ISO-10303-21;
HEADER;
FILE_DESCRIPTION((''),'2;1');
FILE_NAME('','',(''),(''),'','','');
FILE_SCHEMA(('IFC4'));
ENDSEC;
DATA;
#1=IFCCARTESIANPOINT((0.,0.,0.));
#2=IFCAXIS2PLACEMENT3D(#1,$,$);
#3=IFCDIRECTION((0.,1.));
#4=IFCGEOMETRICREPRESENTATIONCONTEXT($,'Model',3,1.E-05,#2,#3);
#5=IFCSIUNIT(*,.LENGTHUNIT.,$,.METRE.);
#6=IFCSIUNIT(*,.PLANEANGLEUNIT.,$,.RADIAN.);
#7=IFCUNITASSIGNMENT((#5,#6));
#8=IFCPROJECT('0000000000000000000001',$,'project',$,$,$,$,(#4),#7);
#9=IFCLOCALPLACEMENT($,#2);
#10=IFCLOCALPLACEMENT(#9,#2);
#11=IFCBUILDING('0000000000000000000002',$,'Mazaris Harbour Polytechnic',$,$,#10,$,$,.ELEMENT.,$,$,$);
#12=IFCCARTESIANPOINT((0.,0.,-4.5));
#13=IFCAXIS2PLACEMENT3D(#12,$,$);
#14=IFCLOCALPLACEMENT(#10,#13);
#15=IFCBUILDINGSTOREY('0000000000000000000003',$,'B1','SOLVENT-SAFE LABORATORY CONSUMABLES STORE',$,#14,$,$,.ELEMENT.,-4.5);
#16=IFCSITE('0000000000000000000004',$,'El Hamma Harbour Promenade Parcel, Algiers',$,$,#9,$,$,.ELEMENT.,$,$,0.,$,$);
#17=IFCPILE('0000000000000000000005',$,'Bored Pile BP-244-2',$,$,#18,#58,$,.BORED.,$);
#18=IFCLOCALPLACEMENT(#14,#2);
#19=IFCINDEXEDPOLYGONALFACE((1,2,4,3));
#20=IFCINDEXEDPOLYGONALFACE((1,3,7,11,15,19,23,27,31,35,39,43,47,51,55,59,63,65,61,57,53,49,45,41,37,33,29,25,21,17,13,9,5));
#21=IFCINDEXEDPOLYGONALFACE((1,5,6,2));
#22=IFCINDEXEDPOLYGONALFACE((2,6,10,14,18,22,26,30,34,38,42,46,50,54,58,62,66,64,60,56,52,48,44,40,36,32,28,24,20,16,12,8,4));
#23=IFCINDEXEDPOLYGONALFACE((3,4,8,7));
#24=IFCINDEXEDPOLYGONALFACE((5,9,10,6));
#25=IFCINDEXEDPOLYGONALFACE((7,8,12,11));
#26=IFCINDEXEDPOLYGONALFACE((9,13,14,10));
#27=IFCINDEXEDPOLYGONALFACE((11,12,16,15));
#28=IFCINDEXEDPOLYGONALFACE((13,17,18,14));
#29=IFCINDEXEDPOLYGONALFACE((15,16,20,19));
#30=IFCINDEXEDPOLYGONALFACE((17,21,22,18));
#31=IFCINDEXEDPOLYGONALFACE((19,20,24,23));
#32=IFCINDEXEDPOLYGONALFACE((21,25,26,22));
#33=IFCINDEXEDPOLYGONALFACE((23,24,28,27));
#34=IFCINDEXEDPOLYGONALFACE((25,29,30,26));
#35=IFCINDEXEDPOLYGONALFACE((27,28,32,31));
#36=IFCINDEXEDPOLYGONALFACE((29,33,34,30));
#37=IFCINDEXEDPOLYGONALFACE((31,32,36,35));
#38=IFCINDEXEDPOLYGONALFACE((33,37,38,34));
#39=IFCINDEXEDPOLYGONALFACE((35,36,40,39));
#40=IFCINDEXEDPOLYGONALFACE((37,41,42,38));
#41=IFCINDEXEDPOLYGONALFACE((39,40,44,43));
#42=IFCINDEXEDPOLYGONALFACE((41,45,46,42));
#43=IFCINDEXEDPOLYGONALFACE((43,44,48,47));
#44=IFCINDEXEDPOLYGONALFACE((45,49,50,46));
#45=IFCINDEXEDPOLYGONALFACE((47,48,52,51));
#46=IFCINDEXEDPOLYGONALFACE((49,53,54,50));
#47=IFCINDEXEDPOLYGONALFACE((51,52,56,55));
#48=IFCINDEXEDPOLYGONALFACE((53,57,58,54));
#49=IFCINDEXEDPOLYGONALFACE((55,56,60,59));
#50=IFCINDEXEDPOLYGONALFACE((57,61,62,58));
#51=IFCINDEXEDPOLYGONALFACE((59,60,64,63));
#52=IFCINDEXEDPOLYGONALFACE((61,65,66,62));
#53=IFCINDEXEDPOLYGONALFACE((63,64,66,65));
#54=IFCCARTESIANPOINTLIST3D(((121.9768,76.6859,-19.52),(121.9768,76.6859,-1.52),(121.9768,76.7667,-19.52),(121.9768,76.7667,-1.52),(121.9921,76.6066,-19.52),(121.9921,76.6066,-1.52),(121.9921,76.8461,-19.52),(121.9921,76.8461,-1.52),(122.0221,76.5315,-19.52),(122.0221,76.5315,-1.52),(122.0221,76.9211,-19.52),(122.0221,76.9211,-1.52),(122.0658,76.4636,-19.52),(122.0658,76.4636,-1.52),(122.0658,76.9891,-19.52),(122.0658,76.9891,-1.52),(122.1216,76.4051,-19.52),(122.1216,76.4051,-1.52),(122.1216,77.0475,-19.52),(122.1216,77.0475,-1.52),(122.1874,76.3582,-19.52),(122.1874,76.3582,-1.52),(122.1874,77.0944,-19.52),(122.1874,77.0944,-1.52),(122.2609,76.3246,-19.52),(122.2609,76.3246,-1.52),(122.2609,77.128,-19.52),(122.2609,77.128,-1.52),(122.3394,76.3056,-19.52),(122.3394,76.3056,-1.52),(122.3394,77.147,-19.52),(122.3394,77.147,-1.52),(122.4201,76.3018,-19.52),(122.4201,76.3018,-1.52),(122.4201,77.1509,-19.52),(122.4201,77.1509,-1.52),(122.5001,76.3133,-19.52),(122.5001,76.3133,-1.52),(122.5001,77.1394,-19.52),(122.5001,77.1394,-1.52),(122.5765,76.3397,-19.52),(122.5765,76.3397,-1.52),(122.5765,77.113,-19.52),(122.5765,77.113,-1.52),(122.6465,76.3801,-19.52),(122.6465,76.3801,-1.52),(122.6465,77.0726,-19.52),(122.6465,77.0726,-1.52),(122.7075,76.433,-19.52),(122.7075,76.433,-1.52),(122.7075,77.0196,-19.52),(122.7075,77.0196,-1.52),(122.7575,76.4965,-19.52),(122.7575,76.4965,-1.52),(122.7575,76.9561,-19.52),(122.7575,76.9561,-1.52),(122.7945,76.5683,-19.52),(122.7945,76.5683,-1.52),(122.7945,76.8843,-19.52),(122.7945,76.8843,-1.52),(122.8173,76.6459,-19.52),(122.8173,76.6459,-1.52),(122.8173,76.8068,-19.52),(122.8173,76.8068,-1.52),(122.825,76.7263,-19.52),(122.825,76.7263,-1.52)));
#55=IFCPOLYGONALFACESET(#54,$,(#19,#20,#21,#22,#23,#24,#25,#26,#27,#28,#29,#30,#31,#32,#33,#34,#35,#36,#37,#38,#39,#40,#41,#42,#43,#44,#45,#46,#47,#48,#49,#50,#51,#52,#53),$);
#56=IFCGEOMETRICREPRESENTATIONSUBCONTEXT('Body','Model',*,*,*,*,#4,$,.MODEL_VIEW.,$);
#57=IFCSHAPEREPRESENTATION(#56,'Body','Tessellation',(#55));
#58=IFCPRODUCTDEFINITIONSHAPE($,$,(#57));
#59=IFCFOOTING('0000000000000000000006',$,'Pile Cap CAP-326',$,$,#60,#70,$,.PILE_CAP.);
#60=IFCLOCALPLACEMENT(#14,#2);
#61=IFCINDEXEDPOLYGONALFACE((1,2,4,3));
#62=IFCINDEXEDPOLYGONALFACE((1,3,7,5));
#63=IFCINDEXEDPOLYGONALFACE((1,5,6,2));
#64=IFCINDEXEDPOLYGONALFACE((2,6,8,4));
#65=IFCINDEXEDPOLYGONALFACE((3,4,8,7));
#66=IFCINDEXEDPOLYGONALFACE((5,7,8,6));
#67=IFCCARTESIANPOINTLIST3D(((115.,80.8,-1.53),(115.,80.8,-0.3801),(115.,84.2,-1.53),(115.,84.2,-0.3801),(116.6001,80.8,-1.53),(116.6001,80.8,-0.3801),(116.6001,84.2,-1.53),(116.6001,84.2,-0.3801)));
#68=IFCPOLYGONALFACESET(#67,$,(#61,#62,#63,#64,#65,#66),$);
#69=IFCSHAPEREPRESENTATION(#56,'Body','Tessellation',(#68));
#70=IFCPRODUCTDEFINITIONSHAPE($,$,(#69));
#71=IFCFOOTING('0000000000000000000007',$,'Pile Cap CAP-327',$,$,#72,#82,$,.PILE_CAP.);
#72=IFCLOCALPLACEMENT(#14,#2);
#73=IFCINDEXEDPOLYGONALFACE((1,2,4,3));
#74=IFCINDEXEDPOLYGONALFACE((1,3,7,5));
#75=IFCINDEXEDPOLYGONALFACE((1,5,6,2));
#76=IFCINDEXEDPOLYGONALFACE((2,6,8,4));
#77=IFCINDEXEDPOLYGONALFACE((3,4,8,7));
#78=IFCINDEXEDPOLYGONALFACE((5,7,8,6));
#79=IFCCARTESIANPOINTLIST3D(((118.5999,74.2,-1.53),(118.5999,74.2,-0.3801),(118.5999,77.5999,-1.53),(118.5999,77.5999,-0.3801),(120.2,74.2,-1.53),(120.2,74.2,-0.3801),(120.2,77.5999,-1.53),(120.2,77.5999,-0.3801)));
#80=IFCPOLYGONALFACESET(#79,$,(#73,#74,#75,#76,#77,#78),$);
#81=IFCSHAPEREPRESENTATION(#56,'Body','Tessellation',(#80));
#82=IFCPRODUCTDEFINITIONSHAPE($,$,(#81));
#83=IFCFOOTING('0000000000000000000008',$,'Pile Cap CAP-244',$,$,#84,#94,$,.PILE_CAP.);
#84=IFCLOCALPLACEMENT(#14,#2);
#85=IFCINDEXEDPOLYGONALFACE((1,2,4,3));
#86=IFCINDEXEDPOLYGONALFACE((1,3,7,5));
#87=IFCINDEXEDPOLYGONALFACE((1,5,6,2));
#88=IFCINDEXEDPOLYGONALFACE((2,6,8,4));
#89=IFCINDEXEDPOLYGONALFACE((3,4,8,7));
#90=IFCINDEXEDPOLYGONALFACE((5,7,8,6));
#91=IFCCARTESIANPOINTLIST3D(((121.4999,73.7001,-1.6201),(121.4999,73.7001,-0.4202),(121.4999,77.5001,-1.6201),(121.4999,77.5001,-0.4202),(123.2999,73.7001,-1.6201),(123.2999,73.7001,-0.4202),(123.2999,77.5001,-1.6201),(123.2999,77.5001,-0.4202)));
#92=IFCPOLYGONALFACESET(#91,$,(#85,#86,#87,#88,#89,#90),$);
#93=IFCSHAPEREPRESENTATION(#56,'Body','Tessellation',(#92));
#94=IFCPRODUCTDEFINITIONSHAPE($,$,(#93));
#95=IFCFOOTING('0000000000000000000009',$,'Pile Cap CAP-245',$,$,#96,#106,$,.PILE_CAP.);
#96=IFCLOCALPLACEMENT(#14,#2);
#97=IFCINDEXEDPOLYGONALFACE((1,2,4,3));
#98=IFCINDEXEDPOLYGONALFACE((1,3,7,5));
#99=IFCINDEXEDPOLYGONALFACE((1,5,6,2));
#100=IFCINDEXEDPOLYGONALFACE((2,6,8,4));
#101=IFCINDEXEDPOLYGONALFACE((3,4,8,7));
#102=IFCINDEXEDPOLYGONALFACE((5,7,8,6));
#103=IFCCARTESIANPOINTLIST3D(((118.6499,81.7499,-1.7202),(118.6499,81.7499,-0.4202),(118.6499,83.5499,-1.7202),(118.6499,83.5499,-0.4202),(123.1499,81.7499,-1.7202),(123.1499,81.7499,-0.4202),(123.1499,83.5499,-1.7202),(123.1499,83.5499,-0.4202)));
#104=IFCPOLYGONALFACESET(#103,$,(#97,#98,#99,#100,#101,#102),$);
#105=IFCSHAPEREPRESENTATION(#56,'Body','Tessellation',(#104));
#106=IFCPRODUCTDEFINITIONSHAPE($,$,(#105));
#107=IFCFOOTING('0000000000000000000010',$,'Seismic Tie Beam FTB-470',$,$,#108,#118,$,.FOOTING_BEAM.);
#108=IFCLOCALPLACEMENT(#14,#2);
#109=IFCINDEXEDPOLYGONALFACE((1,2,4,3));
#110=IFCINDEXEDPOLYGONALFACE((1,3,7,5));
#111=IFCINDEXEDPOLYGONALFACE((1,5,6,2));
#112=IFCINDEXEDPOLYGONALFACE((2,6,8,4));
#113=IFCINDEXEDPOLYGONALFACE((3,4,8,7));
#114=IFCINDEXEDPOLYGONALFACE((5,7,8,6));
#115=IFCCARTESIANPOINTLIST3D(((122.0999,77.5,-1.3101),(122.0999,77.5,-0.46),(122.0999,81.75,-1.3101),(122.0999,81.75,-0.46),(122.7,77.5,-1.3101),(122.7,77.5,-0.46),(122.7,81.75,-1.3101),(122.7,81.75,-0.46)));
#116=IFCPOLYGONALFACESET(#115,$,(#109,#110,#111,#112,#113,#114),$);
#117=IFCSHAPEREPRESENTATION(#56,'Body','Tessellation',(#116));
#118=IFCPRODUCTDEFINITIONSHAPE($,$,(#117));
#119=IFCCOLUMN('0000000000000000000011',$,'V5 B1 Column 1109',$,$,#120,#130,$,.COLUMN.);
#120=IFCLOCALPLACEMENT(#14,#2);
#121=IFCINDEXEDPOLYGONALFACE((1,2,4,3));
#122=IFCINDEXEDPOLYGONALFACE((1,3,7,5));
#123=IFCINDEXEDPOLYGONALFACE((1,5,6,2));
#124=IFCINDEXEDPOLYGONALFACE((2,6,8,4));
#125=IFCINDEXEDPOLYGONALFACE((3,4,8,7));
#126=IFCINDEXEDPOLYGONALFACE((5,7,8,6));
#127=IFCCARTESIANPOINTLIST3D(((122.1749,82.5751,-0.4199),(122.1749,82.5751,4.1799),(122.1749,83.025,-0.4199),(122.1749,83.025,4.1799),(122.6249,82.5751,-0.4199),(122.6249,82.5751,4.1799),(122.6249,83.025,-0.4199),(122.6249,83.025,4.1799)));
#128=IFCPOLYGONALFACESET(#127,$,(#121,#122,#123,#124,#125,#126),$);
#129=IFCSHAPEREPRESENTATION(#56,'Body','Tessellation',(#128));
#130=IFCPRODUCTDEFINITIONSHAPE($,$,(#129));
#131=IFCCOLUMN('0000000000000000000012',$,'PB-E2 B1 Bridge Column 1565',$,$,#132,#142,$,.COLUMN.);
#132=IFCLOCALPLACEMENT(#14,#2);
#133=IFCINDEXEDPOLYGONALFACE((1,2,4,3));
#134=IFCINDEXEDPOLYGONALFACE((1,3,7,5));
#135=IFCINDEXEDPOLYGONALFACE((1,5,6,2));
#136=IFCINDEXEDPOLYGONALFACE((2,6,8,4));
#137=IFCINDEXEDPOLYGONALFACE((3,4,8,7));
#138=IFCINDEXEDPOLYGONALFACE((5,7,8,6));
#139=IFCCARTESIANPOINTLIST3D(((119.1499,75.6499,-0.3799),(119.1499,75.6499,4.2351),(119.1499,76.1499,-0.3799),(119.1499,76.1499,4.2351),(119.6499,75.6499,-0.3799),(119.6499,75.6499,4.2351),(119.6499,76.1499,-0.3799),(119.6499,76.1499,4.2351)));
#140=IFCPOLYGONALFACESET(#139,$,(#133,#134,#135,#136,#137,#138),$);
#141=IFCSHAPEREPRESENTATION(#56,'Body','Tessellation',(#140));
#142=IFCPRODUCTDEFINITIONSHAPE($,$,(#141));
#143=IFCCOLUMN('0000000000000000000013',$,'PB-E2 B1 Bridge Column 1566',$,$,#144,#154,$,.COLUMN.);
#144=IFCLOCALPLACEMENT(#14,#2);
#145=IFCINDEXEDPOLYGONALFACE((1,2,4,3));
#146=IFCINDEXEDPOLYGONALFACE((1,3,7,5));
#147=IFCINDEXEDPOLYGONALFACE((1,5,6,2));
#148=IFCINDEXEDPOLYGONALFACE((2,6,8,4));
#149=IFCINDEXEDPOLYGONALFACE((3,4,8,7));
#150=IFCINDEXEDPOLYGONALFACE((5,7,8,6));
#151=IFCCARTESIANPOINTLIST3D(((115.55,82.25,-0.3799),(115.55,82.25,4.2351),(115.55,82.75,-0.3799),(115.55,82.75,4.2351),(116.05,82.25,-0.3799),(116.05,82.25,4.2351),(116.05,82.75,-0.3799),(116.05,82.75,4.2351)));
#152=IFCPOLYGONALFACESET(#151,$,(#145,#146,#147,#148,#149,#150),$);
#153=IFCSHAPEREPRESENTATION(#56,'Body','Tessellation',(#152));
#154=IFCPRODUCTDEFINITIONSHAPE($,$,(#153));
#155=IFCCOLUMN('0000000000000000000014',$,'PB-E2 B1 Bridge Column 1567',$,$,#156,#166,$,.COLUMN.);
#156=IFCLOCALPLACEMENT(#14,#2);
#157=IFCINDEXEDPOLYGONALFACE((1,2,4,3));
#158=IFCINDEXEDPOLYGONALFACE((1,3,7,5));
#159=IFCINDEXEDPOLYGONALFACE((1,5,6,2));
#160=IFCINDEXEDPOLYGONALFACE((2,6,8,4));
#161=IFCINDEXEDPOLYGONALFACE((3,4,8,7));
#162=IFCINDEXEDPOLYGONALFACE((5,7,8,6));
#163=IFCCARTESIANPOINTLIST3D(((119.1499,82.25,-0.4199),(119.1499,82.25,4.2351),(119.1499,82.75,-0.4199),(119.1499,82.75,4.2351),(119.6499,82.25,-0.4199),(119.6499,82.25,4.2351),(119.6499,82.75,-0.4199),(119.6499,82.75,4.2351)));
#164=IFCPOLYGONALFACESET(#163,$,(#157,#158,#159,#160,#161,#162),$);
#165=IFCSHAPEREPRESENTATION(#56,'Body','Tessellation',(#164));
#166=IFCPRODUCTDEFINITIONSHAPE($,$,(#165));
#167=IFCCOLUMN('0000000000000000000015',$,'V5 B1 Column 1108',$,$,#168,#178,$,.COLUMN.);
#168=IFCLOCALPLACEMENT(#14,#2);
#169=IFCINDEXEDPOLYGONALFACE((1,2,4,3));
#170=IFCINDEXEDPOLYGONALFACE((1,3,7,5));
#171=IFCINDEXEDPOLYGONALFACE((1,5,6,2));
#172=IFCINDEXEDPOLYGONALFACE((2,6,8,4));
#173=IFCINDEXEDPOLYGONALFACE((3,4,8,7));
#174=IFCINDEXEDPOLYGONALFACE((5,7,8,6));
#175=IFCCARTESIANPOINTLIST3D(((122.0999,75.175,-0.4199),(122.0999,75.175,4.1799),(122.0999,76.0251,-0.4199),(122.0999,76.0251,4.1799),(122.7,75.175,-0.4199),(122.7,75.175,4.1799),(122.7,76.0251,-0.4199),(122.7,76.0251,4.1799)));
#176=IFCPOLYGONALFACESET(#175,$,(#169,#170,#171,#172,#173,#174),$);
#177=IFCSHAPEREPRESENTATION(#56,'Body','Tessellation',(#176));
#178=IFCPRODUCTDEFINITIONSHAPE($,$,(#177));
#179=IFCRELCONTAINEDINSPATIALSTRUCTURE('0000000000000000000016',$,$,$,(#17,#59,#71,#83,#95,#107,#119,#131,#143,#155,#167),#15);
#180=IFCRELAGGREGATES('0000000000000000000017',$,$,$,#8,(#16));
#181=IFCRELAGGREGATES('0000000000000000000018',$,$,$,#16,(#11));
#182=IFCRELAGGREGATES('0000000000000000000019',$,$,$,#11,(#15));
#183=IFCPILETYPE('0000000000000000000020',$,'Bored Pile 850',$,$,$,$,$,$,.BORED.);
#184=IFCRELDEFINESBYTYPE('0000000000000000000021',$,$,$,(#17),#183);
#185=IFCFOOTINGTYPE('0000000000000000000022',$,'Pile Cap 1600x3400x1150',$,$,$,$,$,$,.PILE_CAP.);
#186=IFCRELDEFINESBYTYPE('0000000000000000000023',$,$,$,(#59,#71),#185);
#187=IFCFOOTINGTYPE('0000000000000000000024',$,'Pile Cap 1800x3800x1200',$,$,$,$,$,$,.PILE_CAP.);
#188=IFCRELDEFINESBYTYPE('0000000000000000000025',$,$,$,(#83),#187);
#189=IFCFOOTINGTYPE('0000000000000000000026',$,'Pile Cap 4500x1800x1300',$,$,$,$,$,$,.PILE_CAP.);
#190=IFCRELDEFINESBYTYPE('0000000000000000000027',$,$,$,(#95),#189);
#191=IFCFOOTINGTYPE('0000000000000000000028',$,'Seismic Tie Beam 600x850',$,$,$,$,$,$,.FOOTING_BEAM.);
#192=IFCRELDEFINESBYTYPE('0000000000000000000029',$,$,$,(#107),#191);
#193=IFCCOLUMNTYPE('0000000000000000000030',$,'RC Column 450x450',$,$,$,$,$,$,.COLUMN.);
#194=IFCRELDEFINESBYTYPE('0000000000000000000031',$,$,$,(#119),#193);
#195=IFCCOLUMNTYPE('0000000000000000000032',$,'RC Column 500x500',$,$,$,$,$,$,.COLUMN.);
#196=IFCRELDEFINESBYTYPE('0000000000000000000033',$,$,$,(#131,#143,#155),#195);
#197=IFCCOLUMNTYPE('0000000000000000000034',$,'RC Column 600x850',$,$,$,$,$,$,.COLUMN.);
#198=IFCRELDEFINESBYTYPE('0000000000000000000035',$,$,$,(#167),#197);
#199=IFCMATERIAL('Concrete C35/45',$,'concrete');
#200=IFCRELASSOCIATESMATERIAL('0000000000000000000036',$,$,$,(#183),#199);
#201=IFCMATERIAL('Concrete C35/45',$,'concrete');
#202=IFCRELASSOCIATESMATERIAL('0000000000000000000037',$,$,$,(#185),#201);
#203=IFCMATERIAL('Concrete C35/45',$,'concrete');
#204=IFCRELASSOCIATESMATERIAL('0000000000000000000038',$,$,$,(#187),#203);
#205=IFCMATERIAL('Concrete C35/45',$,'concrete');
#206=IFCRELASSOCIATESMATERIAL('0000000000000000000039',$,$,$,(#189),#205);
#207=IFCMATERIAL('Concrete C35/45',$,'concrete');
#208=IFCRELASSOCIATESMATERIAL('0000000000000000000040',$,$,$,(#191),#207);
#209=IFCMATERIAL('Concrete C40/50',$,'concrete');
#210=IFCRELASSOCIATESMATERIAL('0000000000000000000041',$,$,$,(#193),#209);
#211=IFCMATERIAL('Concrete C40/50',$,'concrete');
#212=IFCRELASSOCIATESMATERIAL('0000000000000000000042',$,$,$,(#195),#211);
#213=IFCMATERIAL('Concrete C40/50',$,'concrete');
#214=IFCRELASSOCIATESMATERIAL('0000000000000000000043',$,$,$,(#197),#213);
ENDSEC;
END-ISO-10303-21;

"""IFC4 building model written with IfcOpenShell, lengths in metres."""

from ifc_helpers import new_model, si_unit, direction, frame, origin, origin_2d, place, context, subcontext, project, spatial, rectangle, circle, extrude, material, material_profile, profile_set, type_object, element, save


model = new_model("IFC4")

# Units and contexts
model_context = context("Model", 3, precision=1e-05, world=origin(), true_north=direction((0.0, 1.0)))
body_context = subcontext(model_context, "Body", "Model", "MODEL_VIEW")
ifc_project = project(units=[si_unit("LENGTHUNIT", "METRE"), si_unit("PLANEANGLEUNIT", "RADIAN")], contexts=[model_context])

# Site, building, storey
site_placement = place(None, origin())
site = spatial("IfcSite", under=ifc_project, at=site_placement, Name="El Hamma Harbour Promenade Parcel, Algiers", CompositionType="ELEMENT", RefElevation=0.0)
building_placement = place(site_placement, origin())
building = spatial("IfcBuilding", under=site, at=building_placement, Name="Mazaris Harbour Polytechnic", CompositionType="ELEMENT")
storey_placement = place(building_placement, frame((0.0, 0.0, -4.5)))
storey = spatial("IfcBuildingStorey", under=building, at=storey_placement, Name="B1", Description="SOLVENT-SAFE LABORATORY CONSUMABLES STORE", CompositionType="ELEMENT", Elevation=-4.5)

# Pile
ifc_material_1 = material(Name="Concrete C35/45", Category="concrete")
ifc_material_profile_1 = material_profile(ifc_material_1, circle(Radius=0.425, at=origin_2d()), Name="DIA850")
ifc_profile_set_1 = profile_set([ifc_material_profile_1], Name="Concrete C35/45")
pile_type_1 = type_object("IfcPileType", Name="Bored Pile 850", PredefinedType="BORED", material=ifc_profile_set_1)
for number, where, z_axis, x_axis, name in (
    (1, (122.3999, 76.7263, -1.52), (0.0, 0.0, -1.0), (1.0, 0.0, 0.0), "Bored Pile BP-244-2"),
):
    element("IfcPile", number, at=place(storey_placement, frame(where, z_axis=z_axis, x_axis=x_axis)), inside=storey, type_object=pile_type_1, Name=name, PredefinedType="BORED", context=body_context, shape_type="SweptSolid", body=[
        extrude(circle(Radius=0.425, at=origin_2d()), origin(), (0.0, 0.0, 1.0), 18.0),
    ])

# Footings
ifc_material_2 = material(Name="Concrete C35/45", Category="concrete")
footing_type_1 = type_object("IfcFootingType", Name="Pile Cap 1600x3400x1150", PredefinedType="PILE_CAP", material=ifc_material_2)
for number, where, z_axis, x_axis, name in (
    (2, (115.8, 82.5, -1.53), (0.0, 0.0, 1.0), (1.0, 0.0, 0.0), "Pile Cap CAP-326"),
    (3, (119.3999, 75.8999, -1.53), (0.0, 0.0, 1.0), (1.0, 0.0, 0.0), "Pile Cap CAP-327"),
):
    element("IfcFooting", number, at=place(storey_placement, frame(where, z_axis=z_axis, x_axis=x_axis)), inside=storey, type_object=footing_type_1, Name=name, PredefinedType="PILE_CAP", context=body_context, shape_type="SweptSolid", body=[
        extrude(rectangle(XDim=1.6001, YDim=3.3999, at=origin_2d()), origin(), (0.0, 0.0, 1.0), 1.1499),
    ])
ifc_material_3 = material(Name="Concrete C35/45", Category="concrete")
footing_type_2 = type_object("IfcFootingType", Name="Pile Cap 1800x3800x1200", PredefinedType="PILE_CAP", material=ifc_material_3)
footing_1_placement = place(storey_placement, frame((122.3999, 75.6001, -1.6201), z_axis=(0.0, 0.0, 1.0), x_axis=(1.0, 0.0, 0.0)))
element("IfcFooting", 4, at=footing_1_placement, inside=storey, type_object=footing_type_2, Name="Pile Cap CAP-244", PredefinedType="PILE_CAP", context=body_context, shape_type="SweptSolid", body=[
    extrude(rectangle(XDim=1.8, YDim=3.8, at=origin_2d()), origin(), (0.0, 0.0, 1.0), 1.2),
])
ifc_material_4 = material(Name="Concrete C35/45", Category="concrete")
footing_type_3 = type_object("IfcFootingType", Name="Pile Cap 4500x1800x1300", PredefinedType="PILE_CAP", material=ifc_material_4)
footing_2_placement = place(storey_placement, frame((120.8999, 82.6499, -1.7202), z_axis=(0.0, 0.0, 1.0), x_axis=(1.0, 0.0, 0.0)))
element("IfcFooting", 5, at=footing_2_placement, inside=storey, type_object=footing_type_3, Name="Pile Cap CAP-245", PredefinedType="PILE_CAP", context=body_context, shape_type="SweptSolid", body=[
    extrude(rectangle(XDim=4.5, YDim=1.8, at=origin_2d()), origin(), (0.0, 0.0, 1.0), 1.3),
])
ifc_material_5 = material(Name="Concrete C35/45", Category="concrete")
ifc_material_profile_2 = material_profile(ifc_material_5, rectangle(XDim=0.6001, YDim=0.8501, at=origin_2d()), Name="RECT600x850")
ifc_profile_set_2 = profile_set([ifc_material_profile_2], Name="Concrete C35/45")
footing_type_4 = type_object("IfcFootingType", Name="Seismic Tie Beam 600x850", PredefinedType="FOOTING_BEAM", material=ifc_profile_set_2)
footing_3_placement = place(storey_placement, frame((122.3999, 77.5, -0.885), z_axis=(0.0, 1.0, 0.0), x_axis=(-1.0, 0.0, 0.0)))
element("IfcFooting", 6, at=footing_3_placement, inside=storey, type_object=footing_type_4, Name="Seismic Tie Beam FTB-470", PredefinedType="FOOTING_BEAM", context=body_context, shape_type="SweptSolid", body=[
    extrude(rectangle(XDim=0.6001, YDim=0.8501, at=origin_2d()), origin(), (0.0, 0.0, 1.0), 4.25),
])

# Columns
ifc_material_6 = material(Name="Concrete C40/50", Category="concrete")
ifc_material_profile_3 = material_profile(ifc_material_6, rectangle(XDim=0.45, YDim=0.45, at=origin_2d()), Name="RECT450x450")
ifc_profile_set_3 = profile_set([ifc_material_profile_3], Name="Concrete C40/50")
column_type_1 = type_object("IfcColumnType", Name="RC Column 450x450", PredefinedType="COLUMN", material=ifc_profile_set_3)
column_1_placement = place(storey_placement, frame((122.3999, 82.8, -0.4199), z_axis=(0.0, 0.0, 1.0), x_axis=(1.0, 0.0, 0.0)))
element("IfcColumn", 7, at=column_1_placement, inside=storey, type_object=column_type_1, Name="V5 B1 Column 1109", PredefinedType="COLUMN", context=body_context, shape_type="SweptSolid", body=[
    extrude(rectangle(XDim=0.45, YDim=0.45, at=origin_2d()), origin(), (0.0, 0.0, 1.0), 4.5999),
])
ifc_material_7 = material(Name="Concrete C40/50", Category="concrete")
ifc_material_profile_4 = material_profile(ifc_material_7, rectangle(XDim=0.5, YDim=0.5, at=origin_2d()), Name="RECT500x500")
ifc_profile_set_4 = profile_set([ifc_material_profile_4], Name="Concrete C40/50")
column_type_2 = type_object("IfcColumnType", Name="RC Column 500x500", PredefinedType="COLUMN", material=ifc_profile_set_4)
for number, where, z_axis, x_axis, name in (
    (8, (119.3999, 75.8999, -0.3799), (0.0, 0.0, 1.0), (1.0, 0.0, 0.0), "PB-E2 B1 Bridge Column 1565"),
    (9, (115.8, 82.5, -0.3799), (0.0, 0.0, 1.0), (1.0, 0.0, 0.0), "PB-E2 B1 Bridge Column 1566"),
):
    element("IfcColumn", number, at=place(storey_placement, frame(where, z_axis=z_axis, x_axis=x_axis)), inside=storey, type_object=column_type_2, Name=name, PredefinedType="COLUMN", context=body_context, shape_type="SweptSolid", body=[
        extrude(rectangle(XDim=0.5, YDim=0.5, at=origin_2d()), origin(), (0.0, 0.0, 1.0), 4.615),
    ])
column_2_placement = place(storey_placement, frame((119.3999, 82.5, -0.4199), z_axis=(0.0, 0.0, 1.0), x_axis=(1.0, 0.0, 0.0)))
element("IfcColumn", 10, at=column_2_placement, inside=storey, type_object=column_type_2, Name="PB-E2 B1 Bridge Column 1567", PredefinedType="COLUMN", context=body_context, shape_type="SweptSolid", body=[
    extrude(rectangle(XDim=0.5, YDim=0.5, at=origin_2d()), origin(), (0.0, 0.0, 1.0), 4.655),
])
ifc_material_8 = material(Name="Concrete C40/50", Category="concrete")
ifc_material_profile_5 = material_profile(ifc_material_8, rectangle(XDim=0.6001, YDim=0.8501, at=origin_2d()), Name="RECT600x850")
ifc_profile_set_5 = profile_set([ifc_material_profile_5], Name="Concrete C40/50")
column_type_3 = type_object("IfcColumnType", Name="RC Column 600x850", PredefinedType="COLUMN", material=ifc_profile_set_5)
column_3_placement = place(storey_placement, frame((122.3999, 75.6001, -0.4199), z_axis=(0.0, 0.0, 1.0), x_axis=(1.0, 0.0, 0.0)))
element("IfcColumn", 11, at=column_3_placement, inside=storey, type_object=column_type_3, Name="V5 B1 Column 1108", PredefinedType="COLUMN", context=body_context, shape_type="SweptSolid", body=[
    extrude(rectangle(XDim=0.6001, YDim=0.8501, at=origin_2d()), origin(), (0.0, 0.0, 1.0), 4.5999),
])

save(model, "model.ifc")
